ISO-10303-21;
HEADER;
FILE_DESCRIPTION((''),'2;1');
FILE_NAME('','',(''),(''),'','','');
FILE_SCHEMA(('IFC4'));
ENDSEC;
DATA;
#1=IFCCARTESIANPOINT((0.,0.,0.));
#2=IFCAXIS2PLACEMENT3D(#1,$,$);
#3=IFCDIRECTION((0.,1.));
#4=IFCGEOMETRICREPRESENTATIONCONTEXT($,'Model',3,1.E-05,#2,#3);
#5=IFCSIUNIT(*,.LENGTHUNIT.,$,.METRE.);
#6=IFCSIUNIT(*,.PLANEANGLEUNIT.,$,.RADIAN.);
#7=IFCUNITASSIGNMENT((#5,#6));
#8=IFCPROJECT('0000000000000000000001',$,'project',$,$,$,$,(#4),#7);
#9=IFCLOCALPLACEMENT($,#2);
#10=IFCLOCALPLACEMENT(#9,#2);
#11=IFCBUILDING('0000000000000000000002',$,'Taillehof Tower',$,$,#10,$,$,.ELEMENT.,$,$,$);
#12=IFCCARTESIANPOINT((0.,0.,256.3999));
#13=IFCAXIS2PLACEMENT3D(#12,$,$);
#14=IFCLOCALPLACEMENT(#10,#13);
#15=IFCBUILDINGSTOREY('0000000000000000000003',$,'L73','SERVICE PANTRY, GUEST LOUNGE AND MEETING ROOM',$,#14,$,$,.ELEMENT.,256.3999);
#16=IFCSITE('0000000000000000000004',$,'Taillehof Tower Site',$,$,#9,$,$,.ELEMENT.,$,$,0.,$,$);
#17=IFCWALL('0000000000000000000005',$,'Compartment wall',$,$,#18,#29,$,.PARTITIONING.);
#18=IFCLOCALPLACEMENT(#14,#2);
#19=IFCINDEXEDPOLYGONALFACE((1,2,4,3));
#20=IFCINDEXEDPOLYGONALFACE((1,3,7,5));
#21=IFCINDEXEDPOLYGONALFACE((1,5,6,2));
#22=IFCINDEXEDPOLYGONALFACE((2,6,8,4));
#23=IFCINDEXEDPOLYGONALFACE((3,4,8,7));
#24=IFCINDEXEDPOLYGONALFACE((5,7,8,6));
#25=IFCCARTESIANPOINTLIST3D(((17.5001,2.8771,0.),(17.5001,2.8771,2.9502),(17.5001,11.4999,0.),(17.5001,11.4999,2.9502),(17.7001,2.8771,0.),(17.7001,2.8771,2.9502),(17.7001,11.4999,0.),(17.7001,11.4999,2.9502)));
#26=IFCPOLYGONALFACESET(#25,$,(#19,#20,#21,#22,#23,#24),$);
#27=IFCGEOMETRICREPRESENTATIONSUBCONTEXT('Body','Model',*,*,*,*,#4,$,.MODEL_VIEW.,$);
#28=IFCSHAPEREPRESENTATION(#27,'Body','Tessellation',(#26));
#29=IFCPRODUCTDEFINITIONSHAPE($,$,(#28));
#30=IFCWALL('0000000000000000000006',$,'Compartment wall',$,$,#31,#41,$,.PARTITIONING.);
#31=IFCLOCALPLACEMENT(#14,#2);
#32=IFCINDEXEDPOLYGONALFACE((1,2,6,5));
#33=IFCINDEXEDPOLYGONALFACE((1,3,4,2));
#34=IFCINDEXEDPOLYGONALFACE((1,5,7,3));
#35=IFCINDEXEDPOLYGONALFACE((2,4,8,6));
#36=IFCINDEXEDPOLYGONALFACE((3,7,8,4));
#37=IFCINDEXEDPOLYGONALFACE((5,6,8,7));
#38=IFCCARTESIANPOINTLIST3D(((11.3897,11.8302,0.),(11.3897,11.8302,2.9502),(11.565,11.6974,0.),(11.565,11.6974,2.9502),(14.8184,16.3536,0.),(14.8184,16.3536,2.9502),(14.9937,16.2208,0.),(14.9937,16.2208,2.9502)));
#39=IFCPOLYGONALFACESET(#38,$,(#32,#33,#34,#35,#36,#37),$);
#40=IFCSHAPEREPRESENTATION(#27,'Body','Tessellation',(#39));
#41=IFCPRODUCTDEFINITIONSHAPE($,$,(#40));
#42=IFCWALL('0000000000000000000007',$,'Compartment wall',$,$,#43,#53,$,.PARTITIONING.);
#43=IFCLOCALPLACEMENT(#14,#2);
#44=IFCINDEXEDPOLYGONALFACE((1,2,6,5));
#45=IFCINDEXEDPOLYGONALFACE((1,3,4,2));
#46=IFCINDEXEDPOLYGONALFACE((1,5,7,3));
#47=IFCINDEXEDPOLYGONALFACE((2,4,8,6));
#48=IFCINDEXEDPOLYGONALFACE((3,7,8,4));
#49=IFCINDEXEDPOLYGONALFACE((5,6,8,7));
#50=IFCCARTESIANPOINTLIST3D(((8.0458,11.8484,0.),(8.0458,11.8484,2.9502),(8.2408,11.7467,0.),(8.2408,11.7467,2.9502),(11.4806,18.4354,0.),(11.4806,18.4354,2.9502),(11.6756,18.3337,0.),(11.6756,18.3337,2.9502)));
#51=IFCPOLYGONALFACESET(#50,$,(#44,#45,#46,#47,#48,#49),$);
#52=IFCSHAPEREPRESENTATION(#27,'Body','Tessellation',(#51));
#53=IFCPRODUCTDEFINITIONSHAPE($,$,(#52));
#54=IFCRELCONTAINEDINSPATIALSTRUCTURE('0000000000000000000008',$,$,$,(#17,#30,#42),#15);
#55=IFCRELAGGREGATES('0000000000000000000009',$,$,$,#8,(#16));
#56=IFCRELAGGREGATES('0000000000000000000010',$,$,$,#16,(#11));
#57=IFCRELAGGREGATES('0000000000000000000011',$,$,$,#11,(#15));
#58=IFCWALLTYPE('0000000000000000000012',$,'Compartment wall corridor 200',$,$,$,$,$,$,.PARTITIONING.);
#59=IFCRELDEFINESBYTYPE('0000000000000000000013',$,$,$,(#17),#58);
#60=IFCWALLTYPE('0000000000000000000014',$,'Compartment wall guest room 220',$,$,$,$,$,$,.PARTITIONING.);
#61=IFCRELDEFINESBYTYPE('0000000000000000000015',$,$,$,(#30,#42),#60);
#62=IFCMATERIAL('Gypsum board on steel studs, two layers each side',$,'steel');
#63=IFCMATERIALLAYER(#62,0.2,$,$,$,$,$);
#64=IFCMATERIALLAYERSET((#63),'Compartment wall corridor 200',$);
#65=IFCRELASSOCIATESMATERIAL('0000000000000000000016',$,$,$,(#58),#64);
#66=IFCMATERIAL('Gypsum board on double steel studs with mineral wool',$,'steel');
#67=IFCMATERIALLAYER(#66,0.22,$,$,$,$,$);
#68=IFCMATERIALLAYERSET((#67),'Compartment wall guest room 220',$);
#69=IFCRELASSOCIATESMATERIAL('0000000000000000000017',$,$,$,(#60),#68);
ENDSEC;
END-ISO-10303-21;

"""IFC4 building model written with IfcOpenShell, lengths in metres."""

from ifc_helpers import new_model, si_unit, direction, frame, frame_2d, origin, place, context, subcontext, project, spatial, rectangle, extrude, material, layer, layer_set, type_object, element, save


model = new_model("IFC4")

# Units and contexts
model_context = context("Model", 3, precision=1e-05, world=origin(), true_north=direction((0.0, 1.0)))
body_context = subcontext(model_context, "Body", "Model", "MODEL_VIEW")
ifc_project = project(units=[si_unit("LENGTHUNIT", "METRE"), si_unit("PLANEANGLEUNIT", "RADIAN")], contexts=[model_context])

# Site, building, storey
site_placement = place(None, origin())
site = spatial("IfcSite", under=ifc_project, at=site_placement, Name="Taillehof Tower Site", CompositionType="ELEMENT", RefElevation=0.0)
building_placement = place(site_placement, origin())
building = spatial("IfcBuilding", under=site, at=building_placement, Name="Taillehof Tower", CompositionType="ELEMENT")
storey_placement = place(building_placement, frame((0.0, 0.0, 256.3999)))
storey = spatial("IfcBuildingStorey", under=building, at=storey_placement, Name="L73", Description="SERVICE PANTRY, GUEST LOUNGE AND MEETING ROOM", CompositionType="ELEMENT", Elevation=256.3999)

# Shared definitions
ifc_material_1 = material(Name="Gypsum board on steel studs, two layers each side", Category="steel")
ifc_layer_1 = layer(ifc_material_1, 0.2)
ifc_layer_set_1 = layer_set([ifc_layer_1], Name="Compartment wall corridor 200")
wall_type_1 = type_object("IfcWallType", Name="Compartment wall corridor 200", PredefinedType="PARTITIONING", material=ifc_layer_set_1)

# Walls
wall_1_placement = place(storey_placement, frame((17.6001, 11.5, 0.0), z_axis=(0.0, 0.0, 1.0), x_axis=(0.0, -1.0, 0.0)))
element("IfcWall", 1, at=wall_1_placement, inside=storey, type_object=wall_type_1, Name="Compartment wall", PredefinedType="PARTITIONING", context=body_context, shape_type="SweptSolid", body=[
    extrude(rectangle(XDim=8.6228, YDim=0.2, at=frame_2d((4.3115, 0.0))), origin(), (0.0, 0.0, 1.0), 2.9502),
])
ifc_material_2 = material(Name="Gypsum board on double steel studs with mineral wool", Category="steel")
ifc_layer_2 = layer(ifc_material_2, 0.22)
ifc_layer_set_2 = layer_set([ifc_layer_2], Name="Compartment wall guest room 220")
wall_type_2 = type_object("IfcWallType", Name="Compartment wall guest room 220", PredefinedType="PARTITIONING", material=ifc_layer_set_2)
wall_2_placement = place(storey_placement, frame((14.906, 16.2871, 0.0), z_axis=(0.0, 0.0, 1.0), x_axis=(-0.604066, -0.796934, 0.0)))
element("IfcWall", 2, at=wall_2_placement, inside=storey, type_object=wall_type_2, Name="Compartment wall", PredefinedType="PARTITIONING", context=body_context, shape_type="SweptSolid", body=[
    extrude(rectangle(XDim=5.676, YDim=0.22, at=frame_2d((2.8379, 0.0))), origin(), (0.0, 0.0, 1.0), 2.9502),
])
wall_3_placement = place(storey_placement, frame((11.5781, 18.3845, 0.0), z_axis=(0.0, 0.0, 1.0), x_axis=(-0.462372, -0.886686, 0.0)))
element("IfcWall", 3, at=wall_3_placement, inside=storey, type_object=wall_type_2, Name="Compartment wall", PredefinedType="PARTITIONING", context=body_context, shape_type="SweptSolid", body=[
    extrude(rectangle(XDim=7.4287, YDim=0.22, at=frame_2d((3.7144, 0.0))), origin(), (0.0, 0.0, 1.0), 2.9502),
])

save(model, "model.ifc")
